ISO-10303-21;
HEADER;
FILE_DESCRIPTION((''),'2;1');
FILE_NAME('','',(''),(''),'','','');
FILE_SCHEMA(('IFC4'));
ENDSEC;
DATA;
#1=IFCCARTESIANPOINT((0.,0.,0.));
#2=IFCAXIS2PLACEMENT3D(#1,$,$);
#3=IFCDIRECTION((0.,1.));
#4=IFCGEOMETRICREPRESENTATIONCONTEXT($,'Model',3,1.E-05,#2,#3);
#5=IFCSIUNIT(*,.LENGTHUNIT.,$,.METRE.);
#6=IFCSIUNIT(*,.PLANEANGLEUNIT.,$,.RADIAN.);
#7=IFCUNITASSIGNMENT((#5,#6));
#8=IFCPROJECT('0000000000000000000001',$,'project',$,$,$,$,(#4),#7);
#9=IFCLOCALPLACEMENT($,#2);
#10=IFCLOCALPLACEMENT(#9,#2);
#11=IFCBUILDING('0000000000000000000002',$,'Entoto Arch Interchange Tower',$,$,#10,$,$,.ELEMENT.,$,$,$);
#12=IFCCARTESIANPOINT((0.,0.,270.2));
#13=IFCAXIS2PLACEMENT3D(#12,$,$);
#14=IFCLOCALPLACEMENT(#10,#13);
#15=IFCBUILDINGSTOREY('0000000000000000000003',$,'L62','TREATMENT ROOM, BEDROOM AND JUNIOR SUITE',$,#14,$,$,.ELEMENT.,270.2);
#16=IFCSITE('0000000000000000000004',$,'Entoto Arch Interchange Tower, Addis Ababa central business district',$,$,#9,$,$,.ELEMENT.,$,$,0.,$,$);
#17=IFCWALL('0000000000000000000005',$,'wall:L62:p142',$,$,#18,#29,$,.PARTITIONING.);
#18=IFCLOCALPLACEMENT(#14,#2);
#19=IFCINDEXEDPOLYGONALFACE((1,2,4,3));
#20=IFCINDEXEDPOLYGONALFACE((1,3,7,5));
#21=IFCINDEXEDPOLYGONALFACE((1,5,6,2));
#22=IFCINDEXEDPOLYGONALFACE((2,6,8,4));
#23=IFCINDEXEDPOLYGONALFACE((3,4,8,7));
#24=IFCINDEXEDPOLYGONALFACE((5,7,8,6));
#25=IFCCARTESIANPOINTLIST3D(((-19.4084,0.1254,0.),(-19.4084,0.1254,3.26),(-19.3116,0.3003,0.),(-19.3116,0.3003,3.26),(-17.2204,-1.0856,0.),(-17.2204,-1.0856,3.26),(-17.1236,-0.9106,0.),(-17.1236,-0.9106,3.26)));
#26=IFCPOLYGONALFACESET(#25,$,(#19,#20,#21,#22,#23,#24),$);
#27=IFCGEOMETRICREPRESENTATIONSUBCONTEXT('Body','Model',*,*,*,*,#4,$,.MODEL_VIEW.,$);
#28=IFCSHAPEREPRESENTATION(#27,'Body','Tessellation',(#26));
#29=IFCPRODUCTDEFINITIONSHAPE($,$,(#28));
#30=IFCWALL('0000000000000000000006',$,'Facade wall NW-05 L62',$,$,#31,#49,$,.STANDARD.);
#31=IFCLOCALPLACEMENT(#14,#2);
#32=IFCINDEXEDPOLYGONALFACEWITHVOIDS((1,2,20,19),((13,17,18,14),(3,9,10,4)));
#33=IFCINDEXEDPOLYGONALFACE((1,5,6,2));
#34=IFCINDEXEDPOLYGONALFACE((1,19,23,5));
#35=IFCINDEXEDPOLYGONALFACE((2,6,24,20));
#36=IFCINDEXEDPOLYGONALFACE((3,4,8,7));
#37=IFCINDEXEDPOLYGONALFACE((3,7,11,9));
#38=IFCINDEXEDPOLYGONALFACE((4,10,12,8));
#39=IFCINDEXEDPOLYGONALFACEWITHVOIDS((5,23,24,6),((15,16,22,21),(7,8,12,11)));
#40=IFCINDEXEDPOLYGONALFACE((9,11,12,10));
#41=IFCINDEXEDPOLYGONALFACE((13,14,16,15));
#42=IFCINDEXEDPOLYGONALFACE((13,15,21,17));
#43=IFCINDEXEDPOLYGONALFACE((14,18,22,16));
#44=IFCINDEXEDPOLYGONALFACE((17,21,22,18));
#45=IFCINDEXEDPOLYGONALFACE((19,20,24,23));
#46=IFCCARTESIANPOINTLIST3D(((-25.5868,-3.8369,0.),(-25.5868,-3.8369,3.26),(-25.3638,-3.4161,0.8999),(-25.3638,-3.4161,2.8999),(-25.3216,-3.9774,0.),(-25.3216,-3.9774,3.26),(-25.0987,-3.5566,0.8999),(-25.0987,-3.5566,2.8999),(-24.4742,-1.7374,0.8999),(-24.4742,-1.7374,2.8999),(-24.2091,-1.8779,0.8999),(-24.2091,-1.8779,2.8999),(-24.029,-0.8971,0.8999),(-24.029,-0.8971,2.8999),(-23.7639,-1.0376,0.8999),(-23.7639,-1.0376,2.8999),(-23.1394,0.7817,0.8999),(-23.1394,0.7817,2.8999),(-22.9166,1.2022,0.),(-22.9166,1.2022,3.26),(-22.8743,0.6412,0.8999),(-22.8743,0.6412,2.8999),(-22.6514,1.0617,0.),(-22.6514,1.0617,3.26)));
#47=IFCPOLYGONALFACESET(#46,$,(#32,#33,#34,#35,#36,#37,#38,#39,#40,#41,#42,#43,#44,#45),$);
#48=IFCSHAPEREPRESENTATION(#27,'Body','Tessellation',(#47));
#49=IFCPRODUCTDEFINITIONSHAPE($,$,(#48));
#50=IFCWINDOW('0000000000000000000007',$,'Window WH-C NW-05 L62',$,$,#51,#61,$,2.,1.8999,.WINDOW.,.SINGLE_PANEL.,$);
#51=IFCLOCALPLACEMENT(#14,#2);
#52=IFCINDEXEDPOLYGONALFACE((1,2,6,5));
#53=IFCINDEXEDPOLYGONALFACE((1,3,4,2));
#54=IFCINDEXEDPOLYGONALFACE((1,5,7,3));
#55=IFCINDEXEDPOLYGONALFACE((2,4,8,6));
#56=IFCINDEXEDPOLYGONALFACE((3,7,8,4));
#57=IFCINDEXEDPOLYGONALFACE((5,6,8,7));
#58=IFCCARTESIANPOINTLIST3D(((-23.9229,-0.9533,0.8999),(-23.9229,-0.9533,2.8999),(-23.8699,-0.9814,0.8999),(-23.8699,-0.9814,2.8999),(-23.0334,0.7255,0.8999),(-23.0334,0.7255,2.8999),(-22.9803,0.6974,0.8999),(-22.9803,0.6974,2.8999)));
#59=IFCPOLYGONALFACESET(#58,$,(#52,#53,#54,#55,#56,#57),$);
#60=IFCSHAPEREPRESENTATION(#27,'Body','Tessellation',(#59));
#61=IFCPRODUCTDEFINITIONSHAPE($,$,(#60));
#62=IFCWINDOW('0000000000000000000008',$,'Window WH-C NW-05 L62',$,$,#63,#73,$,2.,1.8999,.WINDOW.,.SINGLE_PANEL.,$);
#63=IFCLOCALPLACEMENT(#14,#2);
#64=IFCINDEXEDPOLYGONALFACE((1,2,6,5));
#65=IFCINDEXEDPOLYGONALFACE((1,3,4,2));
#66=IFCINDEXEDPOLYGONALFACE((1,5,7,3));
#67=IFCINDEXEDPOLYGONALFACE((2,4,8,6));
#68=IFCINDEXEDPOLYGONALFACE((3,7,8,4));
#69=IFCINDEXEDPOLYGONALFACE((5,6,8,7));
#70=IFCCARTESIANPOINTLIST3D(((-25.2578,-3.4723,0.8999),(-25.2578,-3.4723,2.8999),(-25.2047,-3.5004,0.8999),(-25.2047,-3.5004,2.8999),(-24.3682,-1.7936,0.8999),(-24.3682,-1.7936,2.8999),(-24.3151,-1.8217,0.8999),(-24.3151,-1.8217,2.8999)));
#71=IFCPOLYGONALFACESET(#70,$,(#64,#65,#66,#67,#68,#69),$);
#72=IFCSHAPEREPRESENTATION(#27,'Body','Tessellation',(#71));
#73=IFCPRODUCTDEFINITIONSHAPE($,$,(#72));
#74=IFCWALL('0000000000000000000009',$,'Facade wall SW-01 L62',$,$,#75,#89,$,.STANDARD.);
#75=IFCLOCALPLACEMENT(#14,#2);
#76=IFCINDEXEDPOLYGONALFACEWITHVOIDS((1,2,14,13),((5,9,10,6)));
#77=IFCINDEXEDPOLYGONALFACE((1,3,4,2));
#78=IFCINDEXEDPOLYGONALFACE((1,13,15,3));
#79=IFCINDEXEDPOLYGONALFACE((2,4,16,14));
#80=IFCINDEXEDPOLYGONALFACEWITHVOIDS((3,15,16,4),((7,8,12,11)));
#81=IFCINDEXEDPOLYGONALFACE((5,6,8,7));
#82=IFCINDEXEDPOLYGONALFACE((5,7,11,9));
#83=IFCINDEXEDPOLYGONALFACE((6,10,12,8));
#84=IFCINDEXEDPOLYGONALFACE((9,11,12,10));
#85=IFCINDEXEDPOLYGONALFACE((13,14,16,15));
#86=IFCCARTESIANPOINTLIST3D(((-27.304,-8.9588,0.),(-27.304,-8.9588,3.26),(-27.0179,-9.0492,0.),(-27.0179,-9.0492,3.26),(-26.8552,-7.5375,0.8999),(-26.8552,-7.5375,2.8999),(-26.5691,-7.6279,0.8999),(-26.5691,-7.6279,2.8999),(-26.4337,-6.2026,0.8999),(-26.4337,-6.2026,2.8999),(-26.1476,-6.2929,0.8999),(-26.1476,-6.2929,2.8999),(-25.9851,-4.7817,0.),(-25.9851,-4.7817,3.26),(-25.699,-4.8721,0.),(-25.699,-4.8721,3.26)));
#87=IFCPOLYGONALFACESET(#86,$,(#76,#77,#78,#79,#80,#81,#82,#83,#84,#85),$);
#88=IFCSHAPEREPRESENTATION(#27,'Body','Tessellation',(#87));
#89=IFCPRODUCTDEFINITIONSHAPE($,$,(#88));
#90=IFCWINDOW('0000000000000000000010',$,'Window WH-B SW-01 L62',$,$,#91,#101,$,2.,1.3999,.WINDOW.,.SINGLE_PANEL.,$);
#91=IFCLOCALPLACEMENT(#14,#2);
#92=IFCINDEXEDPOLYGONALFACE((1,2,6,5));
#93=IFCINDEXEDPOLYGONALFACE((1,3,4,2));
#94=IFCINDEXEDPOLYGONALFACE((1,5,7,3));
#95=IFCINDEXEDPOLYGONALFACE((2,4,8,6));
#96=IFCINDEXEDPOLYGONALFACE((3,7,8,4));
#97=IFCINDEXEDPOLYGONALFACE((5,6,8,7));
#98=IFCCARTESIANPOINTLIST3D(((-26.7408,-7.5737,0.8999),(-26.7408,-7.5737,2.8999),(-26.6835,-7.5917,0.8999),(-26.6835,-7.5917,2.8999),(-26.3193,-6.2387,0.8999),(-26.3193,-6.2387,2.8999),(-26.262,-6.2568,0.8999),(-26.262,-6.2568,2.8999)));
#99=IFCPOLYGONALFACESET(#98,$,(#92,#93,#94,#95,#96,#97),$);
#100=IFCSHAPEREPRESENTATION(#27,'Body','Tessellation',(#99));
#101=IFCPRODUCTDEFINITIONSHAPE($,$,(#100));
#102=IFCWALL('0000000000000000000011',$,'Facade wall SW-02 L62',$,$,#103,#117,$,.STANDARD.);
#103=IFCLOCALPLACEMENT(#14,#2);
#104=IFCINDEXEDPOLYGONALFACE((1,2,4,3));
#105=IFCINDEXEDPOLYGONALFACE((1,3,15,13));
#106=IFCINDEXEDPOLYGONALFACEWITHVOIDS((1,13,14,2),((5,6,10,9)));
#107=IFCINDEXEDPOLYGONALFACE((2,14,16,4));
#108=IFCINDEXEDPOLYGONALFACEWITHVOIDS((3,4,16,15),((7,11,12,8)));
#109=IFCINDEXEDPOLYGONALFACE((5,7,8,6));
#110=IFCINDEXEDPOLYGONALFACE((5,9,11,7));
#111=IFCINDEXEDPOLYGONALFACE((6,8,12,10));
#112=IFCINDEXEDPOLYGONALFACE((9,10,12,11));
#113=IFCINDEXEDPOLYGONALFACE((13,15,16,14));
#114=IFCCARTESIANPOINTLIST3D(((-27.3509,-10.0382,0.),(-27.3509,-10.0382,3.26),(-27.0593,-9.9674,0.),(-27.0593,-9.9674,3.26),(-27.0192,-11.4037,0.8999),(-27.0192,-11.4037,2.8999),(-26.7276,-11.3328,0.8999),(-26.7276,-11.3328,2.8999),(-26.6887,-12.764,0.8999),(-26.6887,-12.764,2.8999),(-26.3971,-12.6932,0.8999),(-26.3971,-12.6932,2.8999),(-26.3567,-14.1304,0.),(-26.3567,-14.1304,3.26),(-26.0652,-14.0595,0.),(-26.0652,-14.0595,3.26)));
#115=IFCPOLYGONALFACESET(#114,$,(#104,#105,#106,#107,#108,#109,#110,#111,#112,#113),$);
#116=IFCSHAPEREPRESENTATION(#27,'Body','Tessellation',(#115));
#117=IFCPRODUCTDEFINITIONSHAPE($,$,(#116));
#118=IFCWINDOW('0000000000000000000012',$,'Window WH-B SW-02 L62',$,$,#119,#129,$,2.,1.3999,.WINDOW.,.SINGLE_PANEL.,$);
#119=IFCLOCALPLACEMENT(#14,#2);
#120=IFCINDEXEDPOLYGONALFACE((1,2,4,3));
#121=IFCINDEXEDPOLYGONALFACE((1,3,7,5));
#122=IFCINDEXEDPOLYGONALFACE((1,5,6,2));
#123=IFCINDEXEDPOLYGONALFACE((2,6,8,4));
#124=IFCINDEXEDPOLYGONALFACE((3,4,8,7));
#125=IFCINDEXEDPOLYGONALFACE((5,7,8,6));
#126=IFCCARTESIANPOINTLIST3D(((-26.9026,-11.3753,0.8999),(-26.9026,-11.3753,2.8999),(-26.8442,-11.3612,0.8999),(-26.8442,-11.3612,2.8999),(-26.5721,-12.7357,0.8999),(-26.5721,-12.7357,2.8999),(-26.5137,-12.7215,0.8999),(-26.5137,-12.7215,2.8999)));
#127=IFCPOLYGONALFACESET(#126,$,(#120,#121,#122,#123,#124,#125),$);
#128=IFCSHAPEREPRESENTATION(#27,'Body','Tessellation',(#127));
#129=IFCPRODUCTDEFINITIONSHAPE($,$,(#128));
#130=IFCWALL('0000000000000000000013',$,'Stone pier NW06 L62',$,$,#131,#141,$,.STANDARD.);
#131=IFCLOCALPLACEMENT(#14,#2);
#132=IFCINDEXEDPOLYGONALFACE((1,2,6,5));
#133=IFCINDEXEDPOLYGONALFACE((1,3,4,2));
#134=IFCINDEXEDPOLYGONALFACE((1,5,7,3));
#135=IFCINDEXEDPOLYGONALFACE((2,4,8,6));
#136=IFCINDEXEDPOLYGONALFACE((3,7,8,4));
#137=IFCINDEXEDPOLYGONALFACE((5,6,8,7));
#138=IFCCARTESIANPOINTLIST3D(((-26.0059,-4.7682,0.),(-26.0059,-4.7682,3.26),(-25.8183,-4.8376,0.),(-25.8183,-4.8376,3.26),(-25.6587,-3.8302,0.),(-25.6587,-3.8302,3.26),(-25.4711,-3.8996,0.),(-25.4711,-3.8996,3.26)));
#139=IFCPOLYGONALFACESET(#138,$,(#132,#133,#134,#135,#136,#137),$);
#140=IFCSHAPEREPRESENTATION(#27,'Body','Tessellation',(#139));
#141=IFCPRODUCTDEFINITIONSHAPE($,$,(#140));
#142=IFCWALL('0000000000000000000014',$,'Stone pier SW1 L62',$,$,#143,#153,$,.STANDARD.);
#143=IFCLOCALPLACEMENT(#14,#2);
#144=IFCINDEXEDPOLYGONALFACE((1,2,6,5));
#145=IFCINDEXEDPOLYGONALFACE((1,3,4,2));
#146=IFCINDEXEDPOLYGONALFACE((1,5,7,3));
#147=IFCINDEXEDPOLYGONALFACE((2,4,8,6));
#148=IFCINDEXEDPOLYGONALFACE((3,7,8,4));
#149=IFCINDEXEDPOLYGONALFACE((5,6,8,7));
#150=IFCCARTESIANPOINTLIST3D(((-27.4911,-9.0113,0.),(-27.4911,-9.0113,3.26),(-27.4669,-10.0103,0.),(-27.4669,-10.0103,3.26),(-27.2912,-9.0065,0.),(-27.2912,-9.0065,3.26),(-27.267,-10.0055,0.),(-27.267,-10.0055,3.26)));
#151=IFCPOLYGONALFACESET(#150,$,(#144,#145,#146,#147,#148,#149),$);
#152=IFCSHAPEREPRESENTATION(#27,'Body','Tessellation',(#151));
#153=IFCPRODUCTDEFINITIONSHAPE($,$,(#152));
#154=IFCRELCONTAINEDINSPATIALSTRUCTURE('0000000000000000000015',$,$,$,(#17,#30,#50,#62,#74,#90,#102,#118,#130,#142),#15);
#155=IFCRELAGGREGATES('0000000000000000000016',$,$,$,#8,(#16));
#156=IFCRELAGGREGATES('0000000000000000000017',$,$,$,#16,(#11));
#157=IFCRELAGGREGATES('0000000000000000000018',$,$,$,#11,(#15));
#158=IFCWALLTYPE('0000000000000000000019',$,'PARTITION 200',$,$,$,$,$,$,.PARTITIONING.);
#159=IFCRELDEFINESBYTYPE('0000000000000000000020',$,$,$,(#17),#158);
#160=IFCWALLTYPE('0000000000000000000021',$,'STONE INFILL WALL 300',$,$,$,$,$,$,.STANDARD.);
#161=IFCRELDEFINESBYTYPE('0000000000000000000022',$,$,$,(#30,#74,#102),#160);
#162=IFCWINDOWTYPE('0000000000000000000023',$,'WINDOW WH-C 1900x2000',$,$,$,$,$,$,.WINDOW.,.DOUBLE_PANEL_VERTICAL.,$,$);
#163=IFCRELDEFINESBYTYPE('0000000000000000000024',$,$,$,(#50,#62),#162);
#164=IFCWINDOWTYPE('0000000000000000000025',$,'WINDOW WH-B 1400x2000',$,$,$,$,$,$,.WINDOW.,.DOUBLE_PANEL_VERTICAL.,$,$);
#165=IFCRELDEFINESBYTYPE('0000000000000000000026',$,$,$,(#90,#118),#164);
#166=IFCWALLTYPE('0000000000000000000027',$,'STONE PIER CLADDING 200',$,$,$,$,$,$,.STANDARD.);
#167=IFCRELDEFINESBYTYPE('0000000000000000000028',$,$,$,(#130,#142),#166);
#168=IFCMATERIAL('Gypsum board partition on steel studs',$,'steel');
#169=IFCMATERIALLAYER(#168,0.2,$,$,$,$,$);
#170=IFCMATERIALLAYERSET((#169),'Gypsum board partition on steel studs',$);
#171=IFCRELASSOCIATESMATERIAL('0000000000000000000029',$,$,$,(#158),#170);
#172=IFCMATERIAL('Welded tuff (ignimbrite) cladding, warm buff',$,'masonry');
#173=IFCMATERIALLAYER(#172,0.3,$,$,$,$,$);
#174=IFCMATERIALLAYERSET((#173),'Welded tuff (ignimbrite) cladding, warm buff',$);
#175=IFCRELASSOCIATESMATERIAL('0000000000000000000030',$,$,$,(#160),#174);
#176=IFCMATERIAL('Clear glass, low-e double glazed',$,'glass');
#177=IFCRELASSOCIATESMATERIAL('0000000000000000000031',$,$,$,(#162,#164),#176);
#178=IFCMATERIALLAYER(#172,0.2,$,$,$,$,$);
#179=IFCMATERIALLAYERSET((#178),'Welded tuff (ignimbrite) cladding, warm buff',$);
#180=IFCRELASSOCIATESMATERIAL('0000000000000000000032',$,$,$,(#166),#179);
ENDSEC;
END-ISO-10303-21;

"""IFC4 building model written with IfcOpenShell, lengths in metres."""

from ifc_helpers import new_model, si_unit, direction, frame, frame_2d, origin, place, context, subcontext, project, spatial, rectangle, extrude, material, layer, layer_set, type_object, element, fill, save


model = new_model("IFC4")

# Units and contexts
model_context = context("Model", 3, precision=1e-05, world=origin(), true_north=direction((0.0, 1.0)))
body_context = subcontext(model_context, "Body", "Model", "MODEL_VIEW")
ifc_project = project(units=[si_unit("LENGTHUNIT", "METRE"), si_unit("PLANEANGLEUNIT", "RADIAN")], contexts=[model_context])

# Site, building, storey
site_placement = place(None, origin())
site = spatial("IfcSite", under=ifc_project, at=site_placement, Name="Entoto Arch Interchange Tower, Addis Ababa central business district", CompositionType="ELEMENT", RefElevation=0.0)
building_placement = place(site_placement, origin())
building = spatial("IfcBuilding", under=site, at=building_placement, Name="Entoto Arch Interchange Tower", CompositionType="ELEMENT")
storey_placement = place(building_placement, frame((0.0, 0.0, 270.2)))
storey = spatial("IfcBuildingStorey", under=building, at=storey_placement, Name="L62", Description="TREATMENT ROOM, BEDROOM AND JUNIOR SUITE", CompositionType="ELEMENT", Elevation=270.2)

# Wall
ifc_material_1 = material(Name="Gypsum board partition on steel studs", Category="steel")
ifc_layer_1 = layer(ifc_material_1, 0.2)
ifc_layer_set_1 = layer_set([ifc_layer_1], Name="Gypsum board partition on steel studs")
wall_type_1 = type_object("IfcWallType", Name="PARTITION 200", PredefinedType="PARTITIONING", material=ifc_layer_set_1)
wall_1_placement = place(storey_placement, frame((-19.3601, 0.2129, 0.0), z_axis=(0.0, 0.0, 1.0), x_axis=(0.874939, -0.484233, 0.0)))
element("IfcWall", 1, at=wall_1_placement, inside=storey, type_object=wall_type_1, Name="wall:L62:p142", PredefinedType="PARTITIONING", context=body_context, shape_type="SweptSolid", body=[
    extrude(rectangle(XDim=2.5007, YDim=0.2, at=frame_2d((1.2505, 0.0))), origin(), (0.0, 0.0, 1.0), 3.26),
])

# Wall, openings, windows
ifc_material_2 = material(Name="Welded tuff (ignimbrite) cladding, warm buff", Category="masonry")
ifc_layer_2 = layer(ifc_material_2, 0.3)
ifc_layer_set_2 = layer_set([ifc_layer_2], Name="Welded tuff (ignimbrite) cladding, warm buff")
wall_type_2 = type_object("IfcWallType", Name="STONE INFILL WALL 300", PredefinedType="STANDARD", material=ifc_layer_set_2)
wall_2_placement = place(storey_placement, frame((-22.7839, 1.1321, 0.0), z_axis=(0.0, 0.0, 1.0), x_axis=(-0.46822, -0.883612, 0.0)))
wall_2 = element("IfcWall", 2, at=wall_2_placement, inside=storey, type_object=wall_type_2, Name="Facade wall NW-05 L62", PredefinedType="STANDARD", context=body_context, shape_type="SweptSolid", body=[
    extrude(rectangle(XDim=5.7029, YDim=0.3, at=frame_2d((2.8516, 0.0))), origin(), (0.0, 0.0, 1.0), 3.26),
])
opening_1_placement = place(wall_2_placement, frame((0.4761, 0.0, 0.8999)))
opening_1 = element("IfcOpeningElement", 3, at=opening_1_placement, cuts=wall_2, PredefinedType="OPENING", context=body_context, shape_type="SweptSolid", body=[
    extrude(rectangle(XDim=1.8999, YDim=2.0, at=frame_2d((0.95, 1.0))), frame((0.0, 0.1602, 0.0), z_axis=(0.0, -1.0, 0.0), x_axis=(1.0, 0.0, 0.0)), (0.0, 0.0, 1.0), 0.3201),
])
opening_2_placement = place(wall_2_placement, frame((3.3269, 0.0, 0.8999)))
opening_2 = element("IfcOpeningElement", 4, at=opening_2_placement, cuts=wall_2, PredefinedType="OPENING", context=body_context, shape_type="SweptSolid", body=[
    extrude(rectangle(XDim=1.8999, YDim=2.0, at=frame_2d((0.95, 1.0))), frame((0.0, 0.1602, 0.0), z_axis=(0.0, -1.0, 0.0), x_axis=(1.0, 0.0, 0.0)), (0.0, 0.0, 1.0), 0.3201),
])
ifc_material_3 = material(Name="Clear glass, low-e double glazed", Category="glass")
window_type_1 = type_object("IfcWindowType", Name="WINDOW WH-C 1900x2000", PartitioningType="DOUBLE_PANEL_VERTICAL", PredefinedType="WINDOW", material=ifc_material_3)
window_1_placement = place(opening_1_placement, origin())
window_1 = element("IfcWindow", 5, at=window_1_placement, inside=storey, type_object=window_type_1, Name="Window WH-C NW-05 L62", OverallHeight=2.0, OverallWidth=1.8999, PartitioningType="SINGLE_PANEL", PredefinedType="WINDOW", context=body_context, shape_type="SweptSolid", body=[
    extrude(rectangle(XDim=1.8999, YDim=2.0, at=frame_2d((0.95, 1.0))), frame((0.0, 0.03, 0.0), z_axis=(0.0, -1.0, 0.0), x_axis=(1.0, 0.0, 0.0)), (0.0, 0.0, 1.0), 0.0601),
])
fill(opening_1, window_1)
window_2_placement = place(opening_2_placement, origin())
window_2 = element("IfcWindow", 6, at=window_2_placement, inside=storey, type_object=window_type_1, Name="Window WH-C NW-05 L62", OverallHeight=2.0, OverallWidth=1.8999, PartitioningType="SINGLE_PANEL", PredefinedType="WINDOW", context=body_context, shape_type="SweptSolid", body=[
    extrude(rectangle(XDim=1.8999, YDim=2.0, at=frame_2d((0.95, 1.0))), frame((0.0, 0.03, 0.0), z_axis=(0.0, -1.0, 0.0), x_axis=(1.0, 0.0, 0.0)), (0.0, 0.0, 1.0), 0.0601),
])
fill(opening_2, window_2)

# Walls, openings, windows
wall_3_placement = place(storey_placement, frame((-25.842, -4.8269, 0.0), z_axis=(0.0, 0.0, 1.0), x_axis=(-0.301089, -0.953596, 0.0)))
wall_3 = element("IfcWall", 7, at=wall_3_placement, inside=storey, type_object=wall_type_2, Name="Facade wall SW-01 L62", PredefinedType="STANDARD", context=body_context, shape_type="SweptSolid", body=[
    extrude(rectangle(XDim=4.3804, YDim=0.3, at=frame_2d((2.1902, 0.0))), origin(), (0.0, 0.0, 1.0), 3.26),
])
opening_3_placement = place(wall_3_placement, frame((1.49, 0.0, 0.8999)))
opening_3 = element("IfcOpeningElement", 8, at=opening_3_placement, cuts=wall_3, PredefinedType="OPENING", context=body_context, shape_type="SweptSolid", body=[
    extrude(rectangle(XDim=1.3999, YDim=2.0, at=frame_2d((0.7, 1.0))), frame((0.0, 0.1602, 0.0), z_axis=(0.0, -1.0, 0.0), x_axis=(1.0, 0.0, 0.0)), (0.0, 0.0, 1.0), 0.3201),
])
window_type_2 = type_object("IfcWindowType", Name="WINDOW WH-B 1400x2000", PartitioningType="DOUBLE_PANEL_VERTICAL", PredefinedType="WINDOW", material=ifc_material_3)
window_3_placement = place(opening_3_placement, origin())
window_3 = element("IfcWindow", 9, at=window_3_placement, inside=storey, type_object=window_type_2, Name="Window WH-B SW-01 L62", OverallHeight=2.0, OverallWidth=1.3999, PartitioningType="SINGLE_PANEL", PredefinedType="WINDOW", context=body_context, shape_type="SweptSolid", body=[
    extrude(rectangle(XDim=1.3999, YDim=2.0, at=frame_2d((0.7, 1.0))), frame((0.0, 0.03, 0.0), z_axis=(0.0, -1.0, 0.0), x_axis=(1.0, 0.0, 0.0)), (0.0, 0.0, 1.0), 0.0601),
])
fill(opening_3, window_3)
wall_4_placement = place(storey_placement, frame((-27.2051, -10.0029, 0.0), z_axis=(0.0, 0.0, 1.0), x_axis=(0.236078, -0.971734, 0.0)))
wall_4 = element("IfcWall", 10, at=wall_4_placement, inside=storey, type_object=wall_type_2, Name="Facade wall SW-02 L62", PredefinedType="STANDARD", context=body_context, shape_type="SweptSolid", body=[
    extrude(rectangle(XDim=4.2112, YDim=0.3, at=frame_2d((2.1055, 0.0))), origin(), (0.0, 0.0, 1.0), 3.26),
])
opening_4_placement = place(wall_4_placement, frame((1.405, 0.0, 0.8999)))
opening_4 = element("IfcOpeningElement", 11, at=opening_4_placement, cuts=wall_4, PredefinedType="OPENING", context=body_context, shape_type="SweptSolid", body=[
    extrude(rectangle(XDim=1.3999, YDim=2.0, at=frame_2d((0.7, 1.0))), frame((0.0, 0.1602, 0.0), z_axis=(0.0, -1.0, 0.0), x_axis=(1.0, 0.0, 0.0)), (0.0, 0.0, 1.0), 0.3201),
])
window_4_placement = place(opening_4_placement, origin())
window_4 = element("IfcWindow", 12, at=window_4_placement, inside=storey, type_object=window_type_2, Name="Window WH-B SW-02 L62", OverallHeight=2.0, OverallWidth=1.3999, PartitioningType="SINGLE_PANEL", PredefinedType="WINDOW", context=body_context, shape_type="SweptSolid", body=[
    extrude(rectangle(XDim=1.3999, YDim=2.0, at=frame_2d((0.7, 1.0))), frame((0.0, 0.03, 0.0), z_axis=(0.0, -1.0, 0.0), x_axis=(1.0, 0.0, 0.0)), (0.0, 0.0, 1.0), 0.0601),
])
fill(opening_4, window_4)

# Walls
ifc_layer_3 = layer(ifc_material_2, 0.2)
ifc_layer_set_3 = layer_set([ifc_layer_3], Name="Welded tuff (ignimbrite) cladding, warm buff")
wall_type_3 = type_object("IfcWallType", Name="STONE PIER CLADDING 200", PredefinedType="STANDARD", material=ifc_layer_set_3)
wall_5_placement = place(storey_placement, frame((-25.5649, -3.865, 0.0), z_axis=(0.0, 0.0, 1.0), x_axis=(-0.347108, -0.937825, 0.0)))
element("IfcWall", 13, at=wall_5_placement, inside=storey, type_object=wall_type_3, Name="Stone pier NW06 L62", PredefinedType="STANDARD", context=body_context, shape_type="SweptSolid", body=[
    extrude(rectangle(XDim=1.0002, YDim=0.2, at=frame_2d((0.5, 0.0))), origin(), (0.0, 0.0, 1.0), 3.26),
])
wall_6_placement = place(storey_placement, frame((-27.3911, -9.009, 0.0), z_axis=(0.0, 0.0, 1.0), x_axis=(0.024186, -0.999707, 0.0)))
element("IfcWall", 14, at=wall_6_placement, inside=storey, type_object=wall_type_3, Name="Stone pier SW1 L62", PredefinedType="STANDARD", context=body_context, shape_type="SweptSolid", body=[
    extrude(rectangle(XDim=0.9993, YDim=0.2, at=frame_2d((0.4995, 0.0))), origin(), (0.0, 0.0, 1.0), 3.26),
])

save(model, "model.ifc")
